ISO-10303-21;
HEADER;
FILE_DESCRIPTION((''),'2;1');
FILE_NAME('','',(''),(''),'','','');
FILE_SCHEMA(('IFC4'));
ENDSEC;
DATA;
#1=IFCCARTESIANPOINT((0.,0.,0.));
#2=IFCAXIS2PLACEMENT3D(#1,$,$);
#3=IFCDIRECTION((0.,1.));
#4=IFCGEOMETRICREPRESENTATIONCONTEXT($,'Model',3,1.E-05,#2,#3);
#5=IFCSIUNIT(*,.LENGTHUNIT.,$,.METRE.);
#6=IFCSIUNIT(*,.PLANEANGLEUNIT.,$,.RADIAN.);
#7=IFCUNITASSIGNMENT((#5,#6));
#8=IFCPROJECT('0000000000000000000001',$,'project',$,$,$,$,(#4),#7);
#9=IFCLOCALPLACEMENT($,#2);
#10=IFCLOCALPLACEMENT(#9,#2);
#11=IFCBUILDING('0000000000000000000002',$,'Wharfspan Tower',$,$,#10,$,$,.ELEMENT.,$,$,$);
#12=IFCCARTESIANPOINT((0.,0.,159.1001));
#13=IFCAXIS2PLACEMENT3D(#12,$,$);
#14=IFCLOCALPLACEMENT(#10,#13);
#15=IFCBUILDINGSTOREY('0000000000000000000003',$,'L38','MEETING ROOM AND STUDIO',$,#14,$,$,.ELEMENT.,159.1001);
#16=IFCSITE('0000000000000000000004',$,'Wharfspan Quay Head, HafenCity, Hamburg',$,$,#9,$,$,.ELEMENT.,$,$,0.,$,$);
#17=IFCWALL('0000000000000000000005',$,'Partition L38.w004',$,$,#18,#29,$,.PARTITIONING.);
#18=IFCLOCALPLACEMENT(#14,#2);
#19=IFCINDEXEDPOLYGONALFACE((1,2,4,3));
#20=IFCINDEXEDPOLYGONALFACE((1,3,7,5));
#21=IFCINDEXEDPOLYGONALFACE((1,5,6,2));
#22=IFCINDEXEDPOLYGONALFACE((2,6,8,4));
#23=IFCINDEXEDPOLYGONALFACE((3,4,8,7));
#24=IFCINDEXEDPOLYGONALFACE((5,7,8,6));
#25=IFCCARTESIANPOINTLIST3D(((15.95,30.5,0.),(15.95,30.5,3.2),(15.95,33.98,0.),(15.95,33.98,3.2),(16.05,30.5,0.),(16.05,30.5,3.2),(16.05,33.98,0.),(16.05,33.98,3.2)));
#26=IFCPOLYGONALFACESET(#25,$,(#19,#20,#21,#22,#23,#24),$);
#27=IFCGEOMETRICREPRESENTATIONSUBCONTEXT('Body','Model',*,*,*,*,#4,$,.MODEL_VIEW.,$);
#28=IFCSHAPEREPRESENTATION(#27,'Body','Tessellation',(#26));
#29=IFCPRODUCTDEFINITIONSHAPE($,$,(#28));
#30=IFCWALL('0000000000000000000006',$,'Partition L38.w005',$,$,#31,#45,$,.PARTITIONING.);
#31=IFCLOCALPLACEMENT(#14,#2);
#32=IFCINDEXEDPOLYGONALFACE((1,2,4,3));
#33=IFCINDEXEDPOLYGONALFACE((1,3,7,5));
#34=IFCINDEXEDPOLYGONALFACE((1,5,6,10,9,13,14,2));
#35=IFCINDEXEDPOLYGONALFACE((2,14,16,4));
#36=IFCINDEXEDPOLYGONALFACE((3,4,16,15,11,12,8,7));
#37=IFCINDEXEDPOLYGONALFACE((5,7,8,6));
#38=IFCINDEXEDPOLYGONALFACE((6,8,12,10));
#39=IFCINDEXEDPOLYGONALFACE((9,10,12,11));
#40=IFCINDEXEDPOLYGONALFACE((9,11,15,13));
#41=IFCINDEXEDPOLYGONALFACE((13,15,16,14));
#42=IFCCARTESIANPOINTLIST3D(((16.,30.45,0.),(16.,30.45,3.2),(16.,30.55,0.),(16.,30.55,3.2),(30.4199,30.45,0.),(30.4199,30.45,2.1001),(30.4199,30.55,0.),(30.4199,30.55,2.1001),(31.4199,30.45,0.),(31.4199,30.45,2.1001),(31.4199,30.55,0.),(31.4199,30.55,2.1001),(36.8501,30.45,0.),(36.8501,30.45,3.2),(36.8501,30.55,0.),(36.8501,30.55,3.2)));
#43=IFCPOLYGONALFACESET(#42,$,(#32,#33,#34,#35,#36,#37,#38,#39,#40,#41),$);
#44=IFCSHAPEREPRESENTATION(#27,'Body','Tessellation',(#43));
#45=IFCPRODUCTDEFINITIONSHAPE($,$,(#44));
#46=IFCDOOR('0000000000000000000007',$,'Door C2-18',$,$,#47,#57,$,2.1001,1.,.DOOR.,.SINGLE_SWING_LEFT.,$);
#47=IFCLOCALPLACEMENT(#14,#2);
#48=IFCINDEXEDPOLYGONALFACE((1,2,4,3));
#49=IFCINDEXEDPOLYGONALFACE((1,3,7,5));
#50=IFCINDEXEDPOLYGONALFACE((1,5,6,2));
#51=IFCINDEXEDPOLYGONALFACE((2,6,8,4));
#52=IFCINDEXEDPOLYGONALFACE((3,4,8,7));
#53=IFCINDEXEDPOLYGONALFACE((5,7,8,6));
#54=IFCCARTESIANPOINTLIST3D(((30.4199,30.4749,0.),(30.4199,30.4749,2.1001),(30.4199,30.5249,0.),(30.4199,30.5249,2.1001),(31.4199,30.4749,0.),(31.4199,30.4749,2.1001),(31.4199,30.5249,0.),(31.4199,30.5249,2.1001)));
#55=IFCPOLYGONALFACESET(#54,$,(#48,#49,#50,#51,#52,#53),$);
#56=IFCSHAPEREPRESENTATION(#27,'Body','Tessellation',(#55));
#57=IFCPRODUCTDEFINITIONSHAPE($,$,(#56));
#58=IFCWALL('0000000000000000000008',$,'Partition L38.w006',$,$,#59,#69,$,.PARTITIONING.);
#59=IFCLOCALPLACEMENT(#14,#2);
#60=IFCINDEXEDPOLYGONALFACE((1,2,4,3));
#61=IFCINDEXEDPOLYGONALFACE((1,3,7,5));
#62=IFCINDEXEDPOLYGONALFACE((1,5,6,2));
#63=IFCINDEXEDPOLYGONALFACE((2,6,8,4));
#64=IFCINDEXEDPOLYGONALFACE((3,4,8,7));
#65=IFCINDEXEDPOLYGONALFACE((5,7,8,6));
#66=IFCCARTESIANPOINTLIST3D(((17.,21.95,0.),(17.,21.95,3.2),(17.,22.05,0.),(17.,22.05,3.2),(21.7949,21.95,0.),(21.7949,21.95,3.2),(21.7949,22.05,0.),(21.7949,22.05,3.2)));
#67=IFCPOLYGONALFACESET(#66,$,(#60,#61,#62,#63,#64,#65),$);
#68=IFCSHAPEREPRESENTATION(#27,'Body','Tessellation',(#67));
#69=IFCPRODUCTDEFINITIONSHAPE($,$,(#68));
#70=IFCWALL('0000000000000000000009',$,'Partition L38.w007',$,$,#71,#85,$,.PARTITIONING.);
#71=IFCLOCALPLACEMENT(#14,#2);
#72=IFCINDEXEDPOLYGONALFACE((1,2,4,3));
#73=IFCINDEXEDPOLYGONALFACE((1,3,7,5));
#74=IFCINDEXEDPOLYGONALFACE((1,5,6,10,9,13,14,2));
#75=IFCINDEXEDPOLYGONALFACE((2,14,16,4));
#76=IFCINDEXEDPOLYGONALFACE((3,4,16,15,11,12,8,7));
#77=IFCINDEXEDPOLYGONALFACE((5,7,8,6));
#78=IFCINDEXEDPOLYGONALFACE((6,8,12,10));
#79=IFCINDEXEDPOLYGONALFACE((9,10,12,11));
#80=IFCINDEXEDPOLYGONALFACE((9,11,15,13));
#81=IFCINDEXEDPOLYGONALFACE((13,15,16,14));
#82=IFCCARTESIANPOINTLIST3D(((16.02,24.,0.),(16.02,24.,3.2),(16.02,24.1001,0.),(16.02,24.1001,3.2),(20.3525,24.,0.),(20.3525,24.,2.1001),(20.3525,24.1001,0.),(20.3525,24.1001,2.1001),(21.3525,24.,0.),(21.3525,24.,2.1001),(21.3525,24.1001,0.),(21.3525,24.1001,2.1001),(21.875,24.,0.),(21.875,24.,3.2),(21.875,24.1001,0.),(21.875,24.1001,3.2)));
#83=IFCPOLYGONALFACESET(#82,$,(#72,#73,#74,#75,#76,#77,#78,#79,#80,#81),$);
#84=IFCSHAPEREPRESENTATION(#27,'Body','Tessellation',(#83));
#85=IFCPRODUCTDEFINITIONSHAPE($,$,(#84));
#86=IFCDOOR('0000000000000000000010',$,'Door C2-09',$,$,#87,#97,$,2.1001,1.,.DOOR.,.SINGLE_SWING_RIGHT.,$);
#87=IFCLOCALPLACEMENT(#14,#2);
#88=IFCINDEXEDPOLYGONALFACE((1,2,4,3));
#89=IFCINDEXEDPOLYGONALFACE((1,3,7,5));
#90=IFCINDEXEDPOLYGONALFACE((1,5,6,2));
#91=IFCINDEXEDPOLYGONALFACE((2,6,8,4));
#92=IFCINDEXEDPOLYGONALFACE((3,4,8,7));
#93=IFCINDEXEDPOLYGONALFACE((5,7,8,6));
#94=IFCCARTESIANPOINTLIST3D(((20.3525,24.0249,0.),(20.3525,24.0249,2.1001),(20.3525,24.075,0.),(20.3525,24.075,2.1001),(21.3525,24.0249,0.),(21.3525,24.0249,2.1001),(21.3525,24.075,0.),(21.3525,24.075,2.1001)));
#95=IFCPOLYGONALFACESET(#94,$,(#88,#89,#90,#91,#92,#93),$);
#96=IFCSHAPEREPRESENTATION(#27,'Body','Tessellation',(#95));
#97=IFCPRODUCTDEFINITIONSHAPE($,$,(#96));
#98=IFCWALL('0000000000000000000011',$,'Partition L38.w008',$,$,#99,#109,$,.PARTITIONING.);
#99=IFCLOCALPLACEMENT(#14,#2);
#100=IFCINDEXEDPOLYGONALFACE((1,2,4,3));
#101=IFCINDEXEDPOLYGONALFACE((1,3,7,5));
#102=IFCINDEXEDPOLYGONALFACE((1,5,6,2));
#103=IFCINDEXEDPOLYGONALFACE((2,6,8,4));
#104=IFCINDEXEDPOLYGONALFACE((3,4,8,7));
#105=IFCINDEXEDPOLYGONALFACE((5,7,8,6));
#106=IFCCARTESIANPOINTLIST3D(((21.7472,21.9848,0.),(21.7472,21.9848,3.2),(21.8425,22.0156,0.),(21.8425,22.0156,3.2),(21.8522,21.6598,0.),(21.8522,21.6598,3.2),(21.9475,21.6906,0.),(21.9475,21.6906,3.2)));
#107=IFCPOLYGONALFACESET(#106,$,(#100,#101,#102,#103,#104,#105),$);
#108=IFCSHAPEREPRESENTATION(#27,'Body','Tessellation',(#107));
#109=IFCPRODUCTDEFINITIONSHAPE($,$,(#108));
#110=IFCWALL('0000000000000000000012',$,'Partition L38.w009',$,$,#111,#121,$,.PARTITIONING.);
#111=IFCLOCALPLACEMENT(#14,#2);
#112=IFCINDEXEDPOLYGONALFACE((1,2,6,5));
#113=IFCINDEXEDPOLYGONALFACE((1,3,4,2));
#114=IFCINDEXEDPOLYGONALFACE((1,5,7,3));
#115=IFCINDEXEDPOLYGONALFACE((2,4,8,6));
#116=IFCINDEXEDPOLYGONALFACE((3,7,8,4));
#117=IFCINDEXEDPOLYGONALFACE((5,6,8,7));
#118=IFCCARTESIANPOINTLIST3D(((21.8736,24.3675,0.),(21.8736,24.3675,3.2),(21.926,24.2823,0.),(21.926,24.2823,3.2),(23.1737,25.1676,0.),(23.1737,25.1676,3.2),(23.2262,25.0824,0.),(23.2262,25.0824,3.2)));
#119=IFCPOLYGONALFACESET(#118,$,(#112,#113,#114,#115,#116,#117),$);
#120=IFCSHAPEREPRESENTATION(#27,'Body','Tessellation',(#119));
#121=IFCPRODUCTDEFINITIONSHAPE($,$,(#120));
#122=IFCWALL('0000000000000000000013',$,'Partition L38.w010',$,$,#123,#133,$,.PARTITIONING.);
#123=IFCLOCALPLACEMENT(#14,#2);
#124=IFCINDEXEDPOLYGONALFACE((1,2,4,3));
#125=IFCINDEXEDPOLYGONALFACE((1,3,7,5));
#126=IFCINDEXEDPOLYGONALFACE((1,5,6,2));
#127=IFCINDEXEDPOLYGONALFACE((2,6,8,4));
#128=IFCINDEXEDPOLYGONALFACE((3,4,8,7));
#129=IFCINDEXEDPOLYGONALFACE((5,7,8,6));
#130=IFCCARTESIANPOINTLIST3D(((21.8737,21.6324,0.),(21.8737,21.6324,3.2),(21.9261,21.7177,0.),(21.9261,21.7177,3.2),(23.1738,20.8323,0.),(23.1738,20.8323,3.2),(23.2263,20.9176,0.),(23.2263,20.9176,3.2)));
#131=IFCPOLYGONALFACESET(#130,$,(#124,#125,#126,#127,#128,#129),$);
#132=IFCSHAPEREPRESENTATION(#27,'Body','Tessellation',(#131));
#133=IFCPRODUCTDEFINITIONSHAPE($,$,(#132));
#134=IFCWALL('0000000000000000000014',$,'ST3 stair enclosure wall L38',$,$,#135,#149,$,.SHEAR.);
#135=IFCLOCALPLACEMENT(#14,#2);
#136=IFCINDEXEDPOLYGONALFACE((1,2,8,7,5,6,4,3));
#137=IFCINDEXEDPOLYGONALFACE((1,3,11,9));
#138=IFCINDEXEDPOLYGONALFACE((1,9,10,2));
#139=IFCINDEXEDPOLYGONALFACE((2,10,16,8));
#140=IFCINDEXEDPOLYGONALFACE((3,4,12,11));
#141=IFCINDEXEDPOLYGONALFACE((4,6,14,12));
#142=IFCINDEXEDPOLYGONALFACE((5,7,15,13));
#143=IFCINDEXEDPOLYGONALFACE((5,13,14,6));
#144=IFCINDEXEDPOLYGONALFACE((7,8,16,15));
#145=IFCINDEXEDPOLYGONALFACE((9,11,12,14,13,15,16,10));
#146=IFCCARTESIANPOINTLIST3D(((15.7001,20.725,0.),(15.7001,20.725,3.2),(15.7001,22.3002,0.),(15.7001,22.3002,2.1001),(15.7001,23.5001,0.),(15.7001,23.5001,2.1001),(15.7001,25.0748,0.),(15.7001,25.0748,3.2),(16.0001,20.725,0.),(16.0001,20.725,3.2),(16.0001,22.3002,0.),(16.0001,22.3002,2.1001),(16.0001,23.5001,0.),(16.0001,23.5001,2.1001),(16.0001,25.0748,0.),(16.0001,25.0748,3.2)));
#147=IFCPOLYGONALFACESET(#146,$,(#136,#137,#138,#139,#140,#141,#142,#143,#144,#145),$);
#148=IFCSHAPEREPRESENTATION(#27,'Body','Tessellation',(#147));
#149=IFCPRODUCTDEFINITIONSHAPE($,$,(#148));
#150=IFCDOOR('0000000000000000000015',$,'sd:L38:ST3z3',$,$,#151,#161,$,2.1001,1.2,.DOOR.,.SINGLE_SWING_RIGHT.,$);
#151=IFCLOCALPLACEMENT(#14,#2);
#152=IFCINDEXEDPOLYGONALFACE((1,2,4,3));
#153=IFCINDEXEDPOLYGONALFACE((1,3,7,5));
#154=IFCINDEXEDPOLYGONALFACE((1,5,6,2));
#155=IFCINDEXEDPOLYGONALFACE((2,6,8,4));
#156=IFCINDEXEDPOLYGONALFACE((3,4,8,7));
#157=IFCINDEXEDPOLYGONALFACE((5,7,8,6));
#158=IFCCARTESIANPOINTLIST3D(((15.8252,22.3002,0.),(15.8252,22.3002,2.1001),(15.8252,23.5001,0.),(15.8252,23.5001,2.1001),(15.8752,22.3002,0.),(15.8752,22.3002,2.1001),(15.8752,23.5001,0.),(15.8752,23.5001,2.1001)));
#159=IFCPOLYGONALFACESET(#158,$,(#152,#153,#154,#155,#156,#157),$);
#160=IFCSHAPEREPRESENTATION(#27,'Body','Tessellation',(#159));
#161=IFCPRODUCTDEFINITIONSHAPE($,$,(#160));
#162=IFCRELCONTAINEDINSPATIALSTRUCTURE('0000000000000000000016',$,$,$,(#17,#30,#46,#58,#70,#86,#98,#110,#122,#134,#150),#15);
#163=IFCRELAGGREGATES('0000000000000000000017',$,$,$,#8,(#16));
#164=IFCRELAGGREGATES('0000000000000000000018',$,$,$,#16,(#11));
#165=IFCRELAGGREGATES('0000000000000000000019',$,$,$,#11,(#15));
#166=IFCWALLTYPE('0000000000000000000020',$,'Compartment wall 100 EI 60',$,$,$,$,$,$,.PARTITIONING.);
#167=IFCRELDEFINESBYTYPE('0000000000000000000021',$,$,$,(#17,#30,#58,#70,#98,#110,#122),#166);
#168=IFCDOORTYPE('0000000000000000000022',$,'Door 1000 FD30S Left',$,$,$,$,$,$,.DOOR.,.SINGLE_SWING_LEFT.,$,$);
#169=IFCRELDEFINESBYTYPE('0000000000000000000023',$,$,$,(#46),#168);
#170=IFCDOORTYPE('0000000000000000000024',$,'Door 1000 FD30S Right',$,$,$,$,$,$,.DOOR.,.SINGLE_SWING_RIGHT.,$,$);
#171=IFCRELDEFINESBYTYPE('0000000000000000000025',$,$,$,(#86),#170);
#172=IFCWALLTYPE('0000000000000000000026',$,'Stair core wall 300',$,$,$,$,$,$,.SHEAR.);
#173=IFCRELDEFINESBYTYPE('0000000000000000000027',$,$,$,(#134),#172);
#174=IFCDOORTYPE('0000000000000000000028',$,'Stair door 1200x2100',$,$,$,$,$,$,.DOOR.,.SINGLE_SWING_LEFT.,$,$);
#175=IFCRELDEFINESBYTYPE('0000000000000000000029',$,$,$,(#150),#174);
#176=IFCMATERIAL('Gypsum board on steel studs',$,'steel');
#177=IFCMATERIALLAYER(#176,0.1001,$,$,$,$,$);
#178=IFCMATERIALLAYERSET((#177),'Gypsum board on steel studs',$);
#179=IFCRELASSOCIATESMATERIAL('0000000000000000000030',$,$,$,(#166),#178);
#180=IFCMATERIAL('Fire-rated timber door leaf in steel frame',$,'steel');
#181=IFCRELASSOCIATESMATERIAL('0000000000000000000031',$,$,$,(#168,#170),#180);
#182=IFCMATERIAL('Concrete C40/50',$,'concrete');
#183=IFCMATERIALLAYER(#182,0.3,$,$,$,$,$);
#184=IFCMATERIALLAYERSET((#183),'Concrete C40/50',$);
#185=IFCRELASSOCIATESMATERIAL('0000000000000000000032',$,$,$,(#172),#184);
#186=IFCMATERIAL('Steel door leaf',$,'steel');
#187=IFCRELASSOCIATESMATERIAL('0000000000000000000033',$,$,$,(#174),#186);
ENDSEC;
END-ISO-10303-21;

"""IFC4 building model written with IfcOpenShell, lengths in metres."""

from ifc_helpers import new_model, si_unit, direction, frame, frame_2d, origin, place, context, subcontext, project, spatial, rectangle, extrude, material, layer, layer_set, type_object, element, fill, save


model = new_model("IFC4")

# Units and contexts
model_context = context("Model", 3, precision=1e-05, world=origin(), true_north=direction((0.0, 1.0)))
body_context = subcontext(model_context, "Body", "Model", "MODEL_VIEW")
ifc_project = project(units=[si_unit("LENGTHUNIT", "METRE"), si_unit("PLANEANGLEUNIT", "RADIAN")], contexts=[model_context])

# Site, building, storey
site_placement = place(None, origin())
site = spatial("IfcSite", under=ifc_project, at=site_placement, Name="Wharfspan Quay Head, HafenCity, Hamburg", CompositionType="ELEMENT", RefElevation=0.0)
building_placement = place(site_placement, origin())
building = spatial("IfcBuilding", under=site, at=building_placement, Name="Wharfspan Tower", CompositionType="ELEMENT")
storey_placement = place(building_placement, frame((0.0, 0.0, 159.1001)))
storey = spatial("IfcBuildingStorey", under=building, at=storey_placement, Name="L38", Description="MEETING ROOM AND STUDIO", CompositionType="ELEMENT", Elevation=159.1001)

# Wall
ifc_material_1 = material(Name="Gypsum board on steel studs", Category="steel")
ifc_layer_1 = layer(ifc_material_1, 0.1001)
ifc_layer_set_1 = layer_set([ifc_layer_1], Name="Gypsum board on steel studs")
wall_type_1 = type_object("IfcWallType", Name="Compartment wall 100 EI 60", PredefinedType="PARTITIONING", material=ifc_layer_set_1)
wall_1_placement = place(storey_placement, frame((16.0, 30.5, 0.0), z_axis=(0.0, 0.0, 1.0), x_axis=(0.0, 1.0, 0.0)))
element("IfcWall", 1, at=wall_1_placement, inside=storey, type_object=wall_type_1, Name="Partition L38.w004", PredefinedType="PARTITIONING", context=body_context, shape_type="SweptSolid", body=[
    extrude(rectangle(XDim=3.48, YDim=0.1001, at=frame_2d((1.74, 0.0))), origin(), (0.0, 0.0, 1.0), 3.2),
])

# Wall, opening, door
wall_2_placement = place(storey_placement, frame((16.0, 30.5, 0.0), z_axis=(0.0, 0.0, 1.0), x_axis=(1.0, 0.0, 0.0)))
wall_2 = element("IfcWall", 2, at=wall_2_placement, inside=storey, type_object=wall_type_1, Name="Partition L38.w005", PredefinedType="PARTITIONING", context=body_context, shape_type="SweptSolid", body=[
    extrude(rectangle(XDim=20.8501, YDim=0.1001, at=frame_2d((10.425, 0.0))), origin(), (0.0, 0.0, 1.0), 3.2),
])
opening_1_placement = place(wall_2_placement, frame((14.4199, 0.0, 0.0)))
opening_1 = element("IfcOpeningElement", 3, at=opening_1_placement, cuts=wall_2, PredefinedType="OPENING", context=body_context, shape_type="SweptSolid", body=[
    extrude(rectangle(XDim=1.0, YDim=2.1001, at=frame_2d((0.5, 1.05))), frame((0.0, 0.0601, 0.0), z_axis=(0.0, -1.0, 0.0), x_axis=(1.0, 0.0, 0.0)), (0.0, 0.0, 1.0), 0.1201),
])
ifc_material_2 = material(Name="Fire-rated timber door leaf in steel frame", Category="steel")
door_type_1 = type_object("IfcDoorType", Name="Door 1000 FD30S Left", OperationType="SINGLE_SWING_LEFT", PredefinedType="DOOR", material=ifc_material_2)
door_1_placement = place(opening_1_placement, origin())
door_1 = element("IfcDoor", 4, at=door_1_placement, inside=storey, type_object=door_type_1, Name="Door C2-18", OperationType="SINGLE_SWING_LEFT", OverallHeight=2.1001, OverallWidth=1.0, PredefinedType="DOOR", context=body_context, shape_type="SweptSolid", body=[
    extrude(rectangle(XDim=1.0, YDim=2.1001, at=frame_2d((0.5, 1.05))), frame((0.0, 0.0249, 0.0), z_axis=(0.0, -1.0, 0.0), x_axis=(1.0, 0.0, 0.0)), (0.0, 0.0, 1.0), 0.05),
])
fill(opening_1, door_1)

# Wall
wall_3_placement = place(storey_placement, frame((17.0, 22.0, 0.0), z_axis=(0.0, 0.0, 1.0), x_axis=(1.0, 0.0, 0.0)))
element("IfcWall", 5, at=wall_3_placement, inside=storey, type_object=wall_type_1, Name="Partition L38.w006", PredefinedType="PARTITIONING", context=body_context, shape_type="SweptSolid", body=[
    extrude(rectangle(XDim=4.7949, YDim=0.1001, at=frame_2d((2.3975, 0.0))), origin(), (0.0, 0.0, 1.0), 3.2),
])

# Wall, opening, door
wall_4_placement = place(storey_placement, frame((16.02, 24.05, 0.0), z_axis=(0.0, 0.0, 1.0), x_axis=(1.0, 0.0, 0.0)))
wall_4 = element("IfcWall", 6, at=wall_4_placement, inside=storey, type_object=wall_type_1, Name="Partition L38.w007", PredefinedType="PARTITIONING", context=body_context, shape_type="SweptSolid", body=[
    extrude(rectangle(XDim=5.855, YDim=0.1001, at=frame_2d((2.9275, 0.0))), origin(), (0.0, 0.0, 1.0), 3.2),
])
opening_2_placement = place(wall_4_placement, frame((4.3325, 0.0, 0.0)))
opening_2 = element("IfcOpeningElement", 7, at=opening_2_placement, cuts=wall_4, PredefinedType="OPENING", context=body_context, shape_type="SweptSolid", body=[
    extrude(rectangle(XDim=1.0, YDim=2.1001, at=frame_2d((0.5, 1.05))), frame((0.0, 0.0601, 0.0), z_axis=(0.0, -1.0, 0.0), x_axis=(1.0, 0.0, 0.0)), (0.0, 0.0, 1.0), 0.1201),
])
door_type_2 = type_object("IfcDoorType", Name="Door 1000 FD30S Right", OperationType="SINGLE_SWING_RIGHT", PredefinedType="DOOR", material=ifc_material_2)
door_2_placement = place(opening_2_placement, origin())
door_2 = element("IfcDoor", 8, at=door_2_placement, inside=storey, type_object=door_type_2, Name="Door C2-09", OperationType="SINGLE_SWING_RIGHT", OverallHeight=2.1001, OverallWidth=1.0, PredefinedType="DOOR", context=body_context, shape_type="SweptSolid", body=[
    extrude(rectangle(XDim=1.0, YDim=2.1001, at=frame_2d((0.5, 1.05))), frame((0.0, 0.0249, 0.0), z_axis=(0.0, -1.0, 0.0), x_axis=(1.0, 0.0, 0.0)), (0.0, 0.0, 1.0), 0.05),
])
fill(opening_2, door_2)

# Walls
wall_5_placement = place(storey_placement, frame((21.8999, 21.675, 0.0), z_axis=(0.0, 0.0, 1.0), x_axis=(-0.30742, 0.951572, 0.0)))
element("IfcWall", 9, at=wall_5_placement, inside=storey, type_object=wall_type_1, Name="Partition L38.w008", PredefinedType="PARTITIONING", context=body_context, shape_type="SweptSolid", body=[
    extrude(rectangle(XDim=0.3416, YDim=0.1001, at=frame_2d((0.1709, 0.0))), origin(), (0.0, 0.0, 1.0), 3.2),
])
for number, where, z_axis, x_axis, name in (
    (10, (21.8999, 24.325, 0.0), (0.0, 0.0, 1.0), (0.851649, 0.524104, 0.0), "Partition L38.w009"),
    (11, (23.2, 20.875, 0.0), (0.0, 0.0, 1.0), (-0.851649, 0.524104, 0.0), "Partition L38.w010"),
):
    element("IfcWall", number, at=place(storey_placement, frame(where, z_axis=z_axis, x_axis=x_axis)), inside=storey, type_object=wall_type_1, Name=name, PredefinedType="PARTITIONING", context=body_context, shape_type="SweptSolid", body=[
        extrude(rectangle(XDim=1.5266, YDim=0.1001, at=frame_2d((0.7632, 0.0))), origin(), (0.0, 0.0, 1.0), 3.2),
    ])

# Wall, opening, door
ifc_material_3 = material(Name="Concrete C40/50", Category="concrete")
ifc_layer_2 = layer(ifc_material_3, 0.3)
ifc_layer_set_2 = layer_set([ifc_layer_2], Name="Concrete C40/50")
wall_type_2 = type_object("IfcWallType", Name="Stair core wall 300", PredefinedType="SHEAR", material=ifc_layer_set_2)
wall_6_placement = place(storey_placement, frame((15.8501, 20.7251, 0.0), z_axis=(0.0, 0.0, 1.0), x_axis=(0.0, 1.0, 0.0)))
wall_6 = element("IfcWall", 12, at=wall_6_placement, inside=storey, type_object=wall_type_2, Name="ST3 stair enclosure wall L38", PredefinedType="SHEAR", context=body_context, shape_type="SweptSolid", body=[
    extrude(rectangle(XDim=4.3499, YDim=0.3, at=frame_2d((2.1748, 0.0))), origin(), (0.0, 0.0, 1.0), 3.2),
])
opening_3_placement = place(wall_6_placement, frame((1.575, 0.0, 0.0)))
opening_3 = element("IfcOpeningElement", 13, at=opening_3_placement, cuts=wall_6, PredefinedType="OPENING", context=body_context, shape_type="SweptSolid", body=[
    extrude(rectangle(XDim=1.2, YDim=2.1001, at=frame_2d((0.6001, 1.05))), frame((0.0, 0.1599, 0.0), z_axis=(0.0, -1.0, 0.0), x_axis=(1.0, 0.0, 0.0)), (0.0, 0.0, 1.0), 0.3201),
])
ifc_material_4 = material(Name="Steel door leaf", Category="steel")
door_type_3 = type_object("IfcDoorType", Name="Stair door 1200x2100", OperationType="SINGLE_SWING_LEFT", PredefinedType="DOOR", material=ifc_material_4)
door_3_placement = place(opening_3_placement, origin())
door_3 = element("IfcDoor", 14, at=door_3_placement, inside=storey, type_object=door_type_3, Name="sd:L38:ST3z3", OperationType="SINGLE_SWING_RIGHT", OverallHeight=2.1001, OverallWidth=1.2, PredefinedType="DOOR", context=body_context, shape_type="SweptSolid", body=[
    extrude(rectangle(XDim=1.2, YDim=2.1001, at=frame_2d((0.6001, 1.05))), frame((0.0, 0.0249, 0.0), z_axis=(0.0, -1.0, 0.0), x_axis=(1.0, 0.0, 0.0)), (0.0, 0.0, 1.0), 0.05),
])
fill(opening_3, door_3)

save(model, "model.ifc")
